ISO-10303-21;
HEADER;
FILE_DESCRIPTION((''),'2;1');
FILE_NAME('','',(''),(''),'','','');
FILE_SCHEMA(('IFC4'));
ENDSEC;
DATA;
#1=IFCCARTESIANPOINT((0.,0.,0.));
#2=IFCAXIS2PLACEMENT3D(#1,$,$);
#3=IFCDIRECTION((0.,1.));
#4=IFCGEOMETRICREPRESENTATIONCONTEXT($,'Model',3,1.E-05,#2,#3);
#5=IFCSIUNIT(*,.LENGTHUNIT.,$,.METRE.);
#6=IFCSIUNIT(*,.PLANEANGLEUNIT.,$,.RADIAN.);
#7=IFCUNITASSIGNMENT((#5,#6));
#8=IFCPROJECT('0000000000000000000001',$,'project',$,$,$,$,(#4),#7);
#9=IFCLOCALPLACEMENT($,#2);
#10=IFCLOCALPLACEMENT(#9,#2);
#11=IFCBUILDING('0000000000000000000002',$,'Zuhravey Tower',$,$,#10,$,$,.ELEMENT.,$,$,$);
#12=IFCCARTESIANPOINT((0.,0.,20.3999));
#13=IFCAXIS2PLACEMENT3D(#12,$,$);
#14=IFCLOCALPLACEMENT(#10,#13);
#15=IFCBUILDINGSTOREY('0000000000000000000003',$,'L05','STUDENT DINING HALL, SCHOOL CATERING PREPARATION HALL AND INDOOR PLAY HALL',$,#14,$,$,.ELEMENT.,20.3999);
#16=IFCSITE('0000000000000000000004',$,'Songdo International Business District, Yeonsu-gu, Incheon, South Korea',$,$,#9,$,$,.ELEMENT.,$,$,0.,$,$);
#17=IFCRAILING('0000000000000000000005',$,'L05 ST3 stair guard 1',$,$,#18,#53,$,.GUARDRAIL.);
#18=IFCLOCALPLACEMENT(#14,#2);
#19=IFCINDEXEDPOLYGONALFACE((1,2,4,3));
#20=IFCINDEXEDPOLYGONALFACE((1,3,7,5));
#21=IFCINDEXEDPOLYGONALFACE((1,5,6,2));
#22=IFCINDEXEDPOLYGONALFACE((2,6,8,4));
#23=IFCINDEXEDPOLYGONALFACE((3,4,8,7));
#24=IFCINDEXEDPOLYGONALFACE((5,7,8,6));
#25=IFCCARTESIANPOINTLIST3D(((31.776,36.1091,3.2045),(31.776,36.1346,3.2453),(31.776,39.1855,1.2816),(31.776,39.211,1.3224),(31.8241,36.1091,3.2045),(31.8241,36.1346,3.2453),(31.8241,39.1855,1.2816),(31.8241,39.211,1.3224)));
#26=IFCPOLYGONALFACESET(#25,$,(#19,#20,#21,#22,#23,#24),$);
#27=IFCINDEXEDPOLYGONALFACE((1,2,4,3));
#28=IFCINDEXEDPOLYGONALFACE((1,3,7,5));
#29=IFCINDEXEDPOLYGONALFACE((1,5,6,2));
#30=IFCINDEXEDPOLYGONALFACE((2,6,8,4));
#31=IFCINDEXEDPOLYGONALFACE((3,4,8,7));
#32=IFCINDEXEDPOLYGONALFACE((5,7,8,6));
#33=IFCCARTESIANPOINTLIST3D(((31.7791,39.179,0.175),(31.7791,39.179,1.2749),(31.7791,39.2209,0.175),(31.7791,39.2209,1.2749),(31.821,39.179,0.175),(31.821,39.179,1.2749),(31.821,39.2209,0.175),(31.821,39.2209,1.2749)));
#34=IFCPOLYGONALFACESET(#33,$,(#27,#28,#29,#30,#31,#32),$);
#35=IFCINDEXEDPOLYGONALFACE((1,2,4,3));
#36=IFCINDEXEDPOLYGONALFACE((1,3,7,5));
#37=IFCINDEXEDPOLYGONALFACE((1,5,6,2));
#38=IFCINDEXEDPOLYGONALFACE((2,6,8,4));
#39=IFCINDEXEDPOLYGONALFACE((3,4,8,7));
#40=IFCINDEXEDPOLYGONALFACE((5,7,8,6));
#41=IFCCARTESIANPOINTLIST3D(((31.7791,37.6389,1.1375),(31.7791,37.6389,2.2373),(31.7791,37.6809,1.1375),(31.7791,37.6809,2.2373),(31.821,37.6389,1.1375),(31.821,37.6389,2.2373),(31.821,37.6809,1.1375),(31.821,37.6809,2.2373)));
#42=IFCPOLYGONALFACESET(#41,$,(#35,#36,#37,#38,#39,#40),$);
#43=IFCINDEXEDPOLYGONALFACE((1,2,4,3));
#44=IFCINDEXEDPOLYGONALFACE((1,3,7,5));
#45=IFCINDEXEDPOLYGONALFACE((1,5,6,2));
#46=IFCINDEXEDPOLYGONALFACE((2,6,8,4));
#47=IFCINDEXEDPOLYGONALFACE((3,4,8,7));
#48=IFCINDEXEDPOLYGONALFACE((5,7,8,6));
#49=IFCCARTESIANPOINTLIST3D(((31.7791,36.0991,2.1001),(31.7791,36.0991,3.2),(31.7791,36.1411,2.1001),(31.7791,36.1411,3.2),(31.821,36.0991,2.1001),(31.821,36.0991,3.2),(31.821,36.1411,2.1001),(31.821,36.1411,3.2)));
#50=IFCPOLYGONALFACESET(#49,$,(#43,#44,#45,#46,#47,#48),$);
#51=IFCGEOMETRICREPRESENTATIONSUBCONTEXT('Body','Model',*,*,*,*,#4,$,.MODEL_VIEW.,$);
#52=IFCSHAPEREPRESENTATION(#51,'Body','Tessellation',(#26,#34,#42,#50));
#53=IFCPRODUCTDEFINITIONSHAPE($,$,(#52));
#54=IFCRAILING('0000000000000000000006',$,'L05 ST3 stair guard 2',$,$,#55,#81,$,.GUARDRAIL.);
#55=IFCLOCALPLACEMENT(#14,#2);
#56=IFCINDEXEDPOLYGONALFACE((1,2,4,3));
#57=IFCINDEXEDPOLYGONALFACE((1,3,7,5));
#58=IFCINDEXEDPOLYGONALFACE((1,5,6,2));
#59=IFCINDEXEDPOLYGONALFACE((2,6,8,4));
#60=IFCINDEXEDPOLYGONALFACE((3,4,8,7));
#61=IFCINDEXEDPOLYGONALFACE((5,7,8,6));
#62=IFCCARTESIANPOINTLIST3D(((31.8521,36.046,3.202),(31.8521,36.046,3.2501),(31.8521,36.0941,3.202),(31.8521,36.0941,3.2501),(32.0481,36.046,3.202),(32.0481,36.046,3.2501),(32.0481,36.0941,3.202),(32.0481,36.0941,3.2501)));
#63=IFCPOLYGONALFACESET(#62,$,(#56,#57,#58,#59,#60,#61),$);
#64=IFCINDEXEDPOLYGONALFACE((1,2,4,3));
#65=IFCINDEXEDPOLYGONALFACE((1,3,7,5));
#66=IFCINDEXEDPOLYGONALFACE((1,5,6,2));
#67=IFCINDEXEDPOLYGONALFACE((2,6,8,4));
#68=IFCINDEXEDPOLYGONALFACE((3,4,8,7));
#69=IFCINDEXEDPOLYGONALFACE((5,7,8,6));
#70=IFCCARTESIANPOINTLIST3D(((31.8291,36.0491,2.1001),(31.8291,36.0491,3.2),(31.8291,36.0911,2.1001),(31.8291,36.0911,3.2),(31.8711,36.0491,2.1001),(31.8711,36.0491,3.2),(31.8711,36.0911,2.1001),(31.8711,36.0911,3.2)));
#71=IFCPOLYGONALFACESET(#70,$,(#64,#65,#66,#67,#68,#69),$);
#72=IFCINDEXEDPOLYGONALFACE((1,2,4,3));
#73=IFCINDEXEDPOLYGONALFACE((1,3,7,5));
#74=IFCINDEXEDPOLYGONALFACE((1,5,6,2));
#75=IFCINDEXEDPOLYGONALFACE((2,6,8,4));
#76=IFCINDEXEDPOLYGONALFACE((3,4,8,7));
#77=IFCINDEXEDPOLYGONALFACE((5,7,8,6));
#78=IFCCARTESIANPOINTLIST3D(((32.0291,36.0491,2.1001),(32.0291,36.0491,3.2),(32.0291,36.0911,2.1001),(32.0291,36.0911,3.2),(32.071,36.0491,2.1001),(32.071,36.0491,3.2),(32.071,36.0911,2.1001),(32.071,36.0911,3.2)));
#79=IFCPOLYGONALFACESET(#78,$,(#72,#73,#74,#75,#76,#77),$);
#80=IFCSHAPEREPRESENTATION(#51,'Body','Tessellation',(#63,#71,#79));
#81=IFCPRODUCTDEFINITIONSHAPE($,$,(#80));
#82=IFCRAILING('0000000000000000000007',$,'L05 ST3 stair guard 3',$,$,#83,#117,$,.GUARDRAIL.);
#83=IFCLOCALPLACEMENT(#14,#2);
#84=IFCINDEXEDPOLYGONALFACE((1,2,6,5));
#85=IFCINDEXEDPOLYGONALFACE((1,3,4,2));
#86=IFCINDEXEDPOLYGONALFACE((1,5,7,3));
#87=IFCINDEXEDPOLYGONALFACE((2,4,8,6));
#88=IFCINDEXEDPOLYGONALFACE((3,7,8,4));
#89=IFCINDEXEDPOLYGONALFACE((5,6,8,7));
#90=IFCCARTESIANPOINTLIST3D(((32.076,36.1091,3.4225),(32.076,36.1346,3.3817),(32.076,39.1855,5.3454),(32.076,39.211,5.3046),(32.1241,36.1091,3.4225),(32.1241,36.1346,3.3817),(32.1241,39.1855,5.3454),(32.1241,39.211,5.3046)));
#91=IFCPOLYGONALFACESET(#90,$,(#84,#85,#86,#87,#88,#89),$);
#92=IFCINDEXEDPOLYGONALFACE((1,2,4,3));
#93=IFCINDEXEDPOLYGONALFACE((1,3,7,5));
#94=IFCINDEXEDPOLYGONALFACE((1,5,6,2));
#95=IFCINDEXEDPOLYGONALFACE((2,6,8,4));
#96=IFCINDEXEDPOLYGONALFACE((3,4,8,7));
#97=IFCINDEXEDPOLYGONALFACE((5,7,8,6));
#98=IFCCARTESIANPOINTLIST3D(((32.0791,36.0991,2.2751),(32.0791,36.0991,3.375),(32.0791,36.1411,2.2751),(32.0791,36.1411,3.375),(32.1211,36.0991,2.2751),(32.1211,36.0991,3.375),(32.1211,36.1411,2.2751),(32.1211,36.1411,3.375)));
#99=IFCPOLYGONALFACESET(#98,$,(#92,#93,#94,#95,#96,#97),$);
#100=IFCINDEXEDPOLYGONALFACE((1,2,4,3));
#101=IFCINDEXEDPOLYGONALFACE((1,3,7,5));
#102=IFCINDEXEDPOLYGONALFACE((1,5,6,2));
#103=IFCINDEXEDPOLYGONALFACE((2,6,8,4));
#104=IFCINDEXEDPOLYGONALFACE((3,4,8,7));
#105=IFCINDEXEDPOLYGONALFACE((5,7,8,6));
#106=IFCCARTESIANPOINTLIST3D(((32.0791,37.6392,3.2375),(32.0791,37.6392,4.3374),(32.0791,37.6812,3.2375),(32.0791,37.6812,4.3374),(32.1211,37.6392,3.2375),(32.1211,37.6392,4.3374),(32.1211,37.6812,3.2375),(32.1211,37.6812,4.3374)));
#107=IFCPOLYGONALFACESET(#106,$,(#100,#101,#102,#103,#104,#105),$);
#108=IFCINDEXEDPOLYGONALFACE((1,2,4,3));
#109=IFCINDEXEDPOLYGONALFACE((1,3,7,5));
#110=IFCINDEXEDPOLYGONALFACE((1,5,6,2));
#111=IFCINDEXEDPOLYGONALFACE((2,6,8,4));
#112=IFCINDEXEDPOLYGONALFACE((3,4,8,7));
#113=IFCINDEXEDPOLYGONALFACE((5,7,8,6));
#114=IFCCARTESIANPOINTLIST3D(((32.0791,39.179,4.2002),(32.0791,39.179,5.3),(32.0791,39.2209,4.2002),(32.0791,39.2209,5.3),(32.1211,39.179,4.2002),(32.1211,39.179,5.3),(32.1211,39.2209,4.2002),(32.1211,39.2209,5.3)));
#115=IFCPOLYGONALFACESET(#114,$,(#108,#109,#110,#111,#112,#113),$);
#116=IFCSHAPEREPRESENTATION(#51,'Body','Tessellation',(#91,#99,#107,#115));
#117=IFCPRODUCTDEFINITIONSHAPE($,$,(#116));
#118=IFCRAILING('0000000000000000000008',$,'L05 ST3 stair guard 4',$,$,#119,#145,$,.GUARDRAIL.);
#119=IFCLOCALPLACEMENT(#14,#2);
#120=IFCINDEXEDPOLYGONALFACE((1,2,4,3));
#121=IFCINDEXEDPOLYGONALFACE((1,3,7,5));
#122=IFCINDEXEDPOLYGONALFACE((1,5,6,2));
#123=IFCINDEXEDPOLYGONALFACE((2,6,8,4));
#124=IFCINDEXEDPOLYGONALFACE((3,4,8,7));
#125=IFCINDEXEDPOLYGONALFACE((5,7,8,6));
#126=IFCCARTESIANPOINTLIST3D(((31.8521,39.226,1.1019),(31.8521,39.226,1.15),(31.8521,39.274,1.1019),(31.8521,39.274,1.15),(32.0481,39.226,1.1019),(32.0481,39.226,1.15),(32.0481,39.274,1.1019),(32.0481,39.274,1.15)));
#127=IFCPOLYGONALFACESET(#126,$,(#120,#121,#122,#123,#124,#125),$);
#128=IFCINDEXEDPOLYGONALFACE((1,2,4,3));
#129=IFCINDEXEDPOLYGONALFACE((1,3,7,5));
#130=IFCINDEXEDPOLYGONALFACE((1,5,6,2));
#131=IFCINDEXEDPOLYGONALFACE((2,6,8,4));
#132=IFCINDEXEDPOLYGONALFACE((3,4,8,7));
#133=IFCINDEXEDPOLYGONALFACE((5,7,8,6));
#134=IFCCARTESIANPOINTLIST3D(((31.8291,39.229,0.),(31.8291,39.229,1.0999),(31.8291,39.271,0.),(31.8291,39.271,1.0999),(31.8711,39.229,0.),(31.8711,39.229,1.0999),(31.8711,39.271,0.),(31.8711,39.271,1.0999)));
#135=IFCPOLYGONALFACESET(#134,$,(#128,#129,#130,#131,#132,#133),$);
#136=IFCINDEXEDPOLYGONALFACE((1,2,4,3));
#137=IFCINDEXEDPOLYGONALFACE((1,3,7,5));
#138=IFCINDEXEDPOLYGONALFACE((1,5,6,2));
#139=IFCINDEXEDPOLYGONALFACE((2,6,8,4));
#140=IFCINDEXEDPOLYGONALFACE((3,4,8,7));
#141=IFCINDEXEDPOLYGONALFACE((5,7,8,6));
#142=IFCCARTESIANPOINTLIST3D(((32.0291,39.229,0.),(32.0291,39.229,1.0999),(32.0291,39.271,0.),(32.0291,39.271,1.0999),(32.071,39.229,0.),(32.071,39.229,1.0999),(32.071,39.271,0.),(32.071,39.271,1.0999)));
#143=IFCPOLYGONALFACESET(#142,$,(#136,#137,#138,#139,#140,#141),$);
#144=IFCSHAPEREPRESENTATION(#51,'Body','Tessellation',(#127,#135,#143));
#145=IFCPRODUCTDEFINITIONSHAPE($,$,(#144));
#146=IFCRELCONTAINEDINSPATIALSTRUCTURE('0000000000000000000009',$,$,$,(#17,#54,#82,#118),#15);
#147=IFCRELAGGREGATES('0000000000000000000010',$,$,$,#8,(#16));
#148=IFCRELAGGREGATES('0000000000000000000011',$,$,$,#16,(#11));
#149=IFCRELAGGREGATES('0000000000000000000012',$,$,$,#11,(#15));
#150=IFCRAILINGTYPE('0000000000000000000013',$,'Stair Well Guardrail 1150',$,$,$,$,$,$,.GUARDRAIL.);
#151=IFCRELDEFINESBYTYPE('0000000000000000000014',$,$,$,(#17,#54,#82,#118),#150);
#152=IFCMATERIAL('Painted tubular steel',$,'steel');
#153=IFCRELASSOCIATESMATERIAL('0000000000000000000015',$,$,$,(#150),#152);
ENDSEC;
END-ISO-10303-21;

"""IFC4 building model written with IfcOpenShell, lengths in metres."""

from ifc_helpers import new_model, si_unit, direction, frame, origin, origin_2d, place, context, subcontext, project, spatial, rectangle, extrude, material, type_object, element, save


model = new_model("IFC4")

# Units and contexts
model_context = context("Model", 3, precision=1e-05, world=origin(), true_north=direction((0.0, 1.0)))
body_context = subcontext(model_context, "Body", "Model", "MODEL_VIEW")
ifc_project = project(units=[si_unit("LENGTHUNIT", "METRE"), si_unit("PLANEANGLEUNIT", "RADIAN")], contexts=[model_context])

# Site, building, storey
site_placement = place(None, origin())
site = spatial("IfcSite", under=ifc_project, at=site_placement, Name="Songdo International Business District, Yeonsu-gu, Incheon, South Korea", CompositionType="ELEMENT", RefElevation=0.0)
building_placement = place(site_placement, origin())
building = spatial("IfcBuilding", under=site, at=building_placement, Name="Zuhravey Tower", CompositionType="ELEMENT")
storey_placement = place(building_placement, frame((0.0, 0.0, 20.3999)))
storey = spatial("IfcBuildingStorey", under=building, at=storey_placement, Name="L05", Description="STUDENT DINING HALL, SCHOOL CATERING PREPARATION HALL AND INDOOR PLAY HALL", CompositionType="ELEMENT", Elevation=20.3999)

# Railings
ifc_material_1 = material(Name="Painted tubular steel", Category="steel")
railing_type_1 = type_object("IfcRailingType", Name="Stair Well Guardrail 1150", PredefinedType="GUARDRAIL", material=ifc_material_1)
railing_1_placement = place(storey_placement, frame((31.8, 39.2, 0.175)))
element("IfcRailing", 1, at=railing_1_placement, inside=storey, type_object=railing_type_1, Name="L05 ST3 stair guard 1", PredefinedType="GUARDRAIL", context=body_context, shape_type="SweptSolid", body=[
    extrude(rectangle(XDim=0.0481, YDim=0.0481, at=origin_2d()), frame((0.0, -0.0017, 1.127), z_axis=(0.0, -0.847979, 0.530029), x_axis=(1.0, 0.0, 0.0)), (0.0, 0.0, 1.0), 3.6279),
    extrude(rectangle(XDim=0.042, YDim=0.042, at=origin_2d()), origin(), (0.0, 0.0, 1.0), 1.0999),
    extrude(rectangle(XDim=0.042, YDim=0.042, at=origin_2d()), frame((0.0, -1.54, 0.9624)), (0.0, 0.0, 1.0), 1.0999),
    extrude(rectangle(XDim=0.042, YDim=0.042, at=origin_2d()), frame((0.0, -3.0798, 1.925)), (0.0, 0.0, 1.0), 1.0999),
])
railing_2_placement = place(storey_placement, frame((31.8501, 36.0701, 2.1001)))
element("IfcRailing", 2, at=railing_2_placement, inside=storey, type_object=railing_type_1, Name="L05 ST3 stair guard 2", PredefinedType="GUARDRAIL", context=body_context, shape_type="SweptSolid", body=[
    extrude(rectangle(XDim=0.0481, YDim=0.0481, at=origin_2d()), frame((0.002, 0.0, 1.126), z_axis=(1.0, 0.0, 0.0), x_axis=(0.0, 1.0, 0.0)), (0.0, 0.0, 1.0), 0.196),
    extrude(rectangle(XDim=0.042, YDim=0.042, at=origin_2d()), origin(), (0.0, 0.0, 1.0), 1.0999),
    extrude(rectangle(XDim=0.042, YDim=0.042, at=origin_2d()), frame((0.2, 0.0, 0.0)), (0.0, 0.0, 1.0), 1.0999),
])
railing_3_placement = place(storey_placement, frame((32.1001, 36.1201, 2.2751)))
element("IfcRailing", 3, at=railing_3_placement, inside=storey, type_object=railing_type_1, Name="L05 ST3 stair guard 3", PredefinedType="GUARDRAIL", context=body_context, shape_type="SweptSolid", body=[
    extrude(rectangle(XDim=0.0481, YDim=0.0481, at=origin_2d()), frame((0.0, 0.0017, 1.127), z_axis=(0.0, 0.847979, 0.530029), x_axis=(-1.0, 0.0, 0.0)), (0.0, 0.0, 1.0), 3.6279),
    extrude(rectangle(XDim=0.042, YDim=0.042, at=origin_2d()), origin(), (0.0, 0.0, 1.0), 1.0999),
    extrude(rectangle(XDim=0.042, YDim=0.042, at=origin_2d()), frame((0.0, 1.54, 0.9624)), (0.0, 0.0, 1.0), 1.0999),
    extrude(rectangle(XDim=0.042, YDim=0.042, at=origin_2d()), frame((0.0, 3.0798, 1.925)), (0.0, 0.0, 1.0), 1.0999),
])
railing_4_placement = place(storey_placement, frame((31.8501, 39.25, 0.0)))
element("IfcRailing", 4, at=railing_4_placement, inside=storey, type_object=railing_type_1, Name="L05 ST3 stair guard 4", PredefinedType="GUARDRAIL", context=body_context, shape_type="SweptSolid", body=[
    extrude(rectangle(XDim=0.0481, YDim=0.0481, at=origin_2d()), frame((0.002, 0.0, 1.126), z_axis=(1.0, 0.0, 0.0), x_axis=(0.0, 1.0, 0.0)), (0.0, 0.0, 1.0), 0.196),
    extrude(rectangle(XDim=0.042, YDim=0.042, at=origin_2d()), origin(), (0.0, 0.0, 1.0), 1.0999),
    extrude(rectangle(XDim=0.042, YDim=0.042, at=origin_2d()), frame((0.2, 0.0, 0.0)), (0.0, 0.0, 1.0), 1.0999),
])

save(model, "model.ifc")
